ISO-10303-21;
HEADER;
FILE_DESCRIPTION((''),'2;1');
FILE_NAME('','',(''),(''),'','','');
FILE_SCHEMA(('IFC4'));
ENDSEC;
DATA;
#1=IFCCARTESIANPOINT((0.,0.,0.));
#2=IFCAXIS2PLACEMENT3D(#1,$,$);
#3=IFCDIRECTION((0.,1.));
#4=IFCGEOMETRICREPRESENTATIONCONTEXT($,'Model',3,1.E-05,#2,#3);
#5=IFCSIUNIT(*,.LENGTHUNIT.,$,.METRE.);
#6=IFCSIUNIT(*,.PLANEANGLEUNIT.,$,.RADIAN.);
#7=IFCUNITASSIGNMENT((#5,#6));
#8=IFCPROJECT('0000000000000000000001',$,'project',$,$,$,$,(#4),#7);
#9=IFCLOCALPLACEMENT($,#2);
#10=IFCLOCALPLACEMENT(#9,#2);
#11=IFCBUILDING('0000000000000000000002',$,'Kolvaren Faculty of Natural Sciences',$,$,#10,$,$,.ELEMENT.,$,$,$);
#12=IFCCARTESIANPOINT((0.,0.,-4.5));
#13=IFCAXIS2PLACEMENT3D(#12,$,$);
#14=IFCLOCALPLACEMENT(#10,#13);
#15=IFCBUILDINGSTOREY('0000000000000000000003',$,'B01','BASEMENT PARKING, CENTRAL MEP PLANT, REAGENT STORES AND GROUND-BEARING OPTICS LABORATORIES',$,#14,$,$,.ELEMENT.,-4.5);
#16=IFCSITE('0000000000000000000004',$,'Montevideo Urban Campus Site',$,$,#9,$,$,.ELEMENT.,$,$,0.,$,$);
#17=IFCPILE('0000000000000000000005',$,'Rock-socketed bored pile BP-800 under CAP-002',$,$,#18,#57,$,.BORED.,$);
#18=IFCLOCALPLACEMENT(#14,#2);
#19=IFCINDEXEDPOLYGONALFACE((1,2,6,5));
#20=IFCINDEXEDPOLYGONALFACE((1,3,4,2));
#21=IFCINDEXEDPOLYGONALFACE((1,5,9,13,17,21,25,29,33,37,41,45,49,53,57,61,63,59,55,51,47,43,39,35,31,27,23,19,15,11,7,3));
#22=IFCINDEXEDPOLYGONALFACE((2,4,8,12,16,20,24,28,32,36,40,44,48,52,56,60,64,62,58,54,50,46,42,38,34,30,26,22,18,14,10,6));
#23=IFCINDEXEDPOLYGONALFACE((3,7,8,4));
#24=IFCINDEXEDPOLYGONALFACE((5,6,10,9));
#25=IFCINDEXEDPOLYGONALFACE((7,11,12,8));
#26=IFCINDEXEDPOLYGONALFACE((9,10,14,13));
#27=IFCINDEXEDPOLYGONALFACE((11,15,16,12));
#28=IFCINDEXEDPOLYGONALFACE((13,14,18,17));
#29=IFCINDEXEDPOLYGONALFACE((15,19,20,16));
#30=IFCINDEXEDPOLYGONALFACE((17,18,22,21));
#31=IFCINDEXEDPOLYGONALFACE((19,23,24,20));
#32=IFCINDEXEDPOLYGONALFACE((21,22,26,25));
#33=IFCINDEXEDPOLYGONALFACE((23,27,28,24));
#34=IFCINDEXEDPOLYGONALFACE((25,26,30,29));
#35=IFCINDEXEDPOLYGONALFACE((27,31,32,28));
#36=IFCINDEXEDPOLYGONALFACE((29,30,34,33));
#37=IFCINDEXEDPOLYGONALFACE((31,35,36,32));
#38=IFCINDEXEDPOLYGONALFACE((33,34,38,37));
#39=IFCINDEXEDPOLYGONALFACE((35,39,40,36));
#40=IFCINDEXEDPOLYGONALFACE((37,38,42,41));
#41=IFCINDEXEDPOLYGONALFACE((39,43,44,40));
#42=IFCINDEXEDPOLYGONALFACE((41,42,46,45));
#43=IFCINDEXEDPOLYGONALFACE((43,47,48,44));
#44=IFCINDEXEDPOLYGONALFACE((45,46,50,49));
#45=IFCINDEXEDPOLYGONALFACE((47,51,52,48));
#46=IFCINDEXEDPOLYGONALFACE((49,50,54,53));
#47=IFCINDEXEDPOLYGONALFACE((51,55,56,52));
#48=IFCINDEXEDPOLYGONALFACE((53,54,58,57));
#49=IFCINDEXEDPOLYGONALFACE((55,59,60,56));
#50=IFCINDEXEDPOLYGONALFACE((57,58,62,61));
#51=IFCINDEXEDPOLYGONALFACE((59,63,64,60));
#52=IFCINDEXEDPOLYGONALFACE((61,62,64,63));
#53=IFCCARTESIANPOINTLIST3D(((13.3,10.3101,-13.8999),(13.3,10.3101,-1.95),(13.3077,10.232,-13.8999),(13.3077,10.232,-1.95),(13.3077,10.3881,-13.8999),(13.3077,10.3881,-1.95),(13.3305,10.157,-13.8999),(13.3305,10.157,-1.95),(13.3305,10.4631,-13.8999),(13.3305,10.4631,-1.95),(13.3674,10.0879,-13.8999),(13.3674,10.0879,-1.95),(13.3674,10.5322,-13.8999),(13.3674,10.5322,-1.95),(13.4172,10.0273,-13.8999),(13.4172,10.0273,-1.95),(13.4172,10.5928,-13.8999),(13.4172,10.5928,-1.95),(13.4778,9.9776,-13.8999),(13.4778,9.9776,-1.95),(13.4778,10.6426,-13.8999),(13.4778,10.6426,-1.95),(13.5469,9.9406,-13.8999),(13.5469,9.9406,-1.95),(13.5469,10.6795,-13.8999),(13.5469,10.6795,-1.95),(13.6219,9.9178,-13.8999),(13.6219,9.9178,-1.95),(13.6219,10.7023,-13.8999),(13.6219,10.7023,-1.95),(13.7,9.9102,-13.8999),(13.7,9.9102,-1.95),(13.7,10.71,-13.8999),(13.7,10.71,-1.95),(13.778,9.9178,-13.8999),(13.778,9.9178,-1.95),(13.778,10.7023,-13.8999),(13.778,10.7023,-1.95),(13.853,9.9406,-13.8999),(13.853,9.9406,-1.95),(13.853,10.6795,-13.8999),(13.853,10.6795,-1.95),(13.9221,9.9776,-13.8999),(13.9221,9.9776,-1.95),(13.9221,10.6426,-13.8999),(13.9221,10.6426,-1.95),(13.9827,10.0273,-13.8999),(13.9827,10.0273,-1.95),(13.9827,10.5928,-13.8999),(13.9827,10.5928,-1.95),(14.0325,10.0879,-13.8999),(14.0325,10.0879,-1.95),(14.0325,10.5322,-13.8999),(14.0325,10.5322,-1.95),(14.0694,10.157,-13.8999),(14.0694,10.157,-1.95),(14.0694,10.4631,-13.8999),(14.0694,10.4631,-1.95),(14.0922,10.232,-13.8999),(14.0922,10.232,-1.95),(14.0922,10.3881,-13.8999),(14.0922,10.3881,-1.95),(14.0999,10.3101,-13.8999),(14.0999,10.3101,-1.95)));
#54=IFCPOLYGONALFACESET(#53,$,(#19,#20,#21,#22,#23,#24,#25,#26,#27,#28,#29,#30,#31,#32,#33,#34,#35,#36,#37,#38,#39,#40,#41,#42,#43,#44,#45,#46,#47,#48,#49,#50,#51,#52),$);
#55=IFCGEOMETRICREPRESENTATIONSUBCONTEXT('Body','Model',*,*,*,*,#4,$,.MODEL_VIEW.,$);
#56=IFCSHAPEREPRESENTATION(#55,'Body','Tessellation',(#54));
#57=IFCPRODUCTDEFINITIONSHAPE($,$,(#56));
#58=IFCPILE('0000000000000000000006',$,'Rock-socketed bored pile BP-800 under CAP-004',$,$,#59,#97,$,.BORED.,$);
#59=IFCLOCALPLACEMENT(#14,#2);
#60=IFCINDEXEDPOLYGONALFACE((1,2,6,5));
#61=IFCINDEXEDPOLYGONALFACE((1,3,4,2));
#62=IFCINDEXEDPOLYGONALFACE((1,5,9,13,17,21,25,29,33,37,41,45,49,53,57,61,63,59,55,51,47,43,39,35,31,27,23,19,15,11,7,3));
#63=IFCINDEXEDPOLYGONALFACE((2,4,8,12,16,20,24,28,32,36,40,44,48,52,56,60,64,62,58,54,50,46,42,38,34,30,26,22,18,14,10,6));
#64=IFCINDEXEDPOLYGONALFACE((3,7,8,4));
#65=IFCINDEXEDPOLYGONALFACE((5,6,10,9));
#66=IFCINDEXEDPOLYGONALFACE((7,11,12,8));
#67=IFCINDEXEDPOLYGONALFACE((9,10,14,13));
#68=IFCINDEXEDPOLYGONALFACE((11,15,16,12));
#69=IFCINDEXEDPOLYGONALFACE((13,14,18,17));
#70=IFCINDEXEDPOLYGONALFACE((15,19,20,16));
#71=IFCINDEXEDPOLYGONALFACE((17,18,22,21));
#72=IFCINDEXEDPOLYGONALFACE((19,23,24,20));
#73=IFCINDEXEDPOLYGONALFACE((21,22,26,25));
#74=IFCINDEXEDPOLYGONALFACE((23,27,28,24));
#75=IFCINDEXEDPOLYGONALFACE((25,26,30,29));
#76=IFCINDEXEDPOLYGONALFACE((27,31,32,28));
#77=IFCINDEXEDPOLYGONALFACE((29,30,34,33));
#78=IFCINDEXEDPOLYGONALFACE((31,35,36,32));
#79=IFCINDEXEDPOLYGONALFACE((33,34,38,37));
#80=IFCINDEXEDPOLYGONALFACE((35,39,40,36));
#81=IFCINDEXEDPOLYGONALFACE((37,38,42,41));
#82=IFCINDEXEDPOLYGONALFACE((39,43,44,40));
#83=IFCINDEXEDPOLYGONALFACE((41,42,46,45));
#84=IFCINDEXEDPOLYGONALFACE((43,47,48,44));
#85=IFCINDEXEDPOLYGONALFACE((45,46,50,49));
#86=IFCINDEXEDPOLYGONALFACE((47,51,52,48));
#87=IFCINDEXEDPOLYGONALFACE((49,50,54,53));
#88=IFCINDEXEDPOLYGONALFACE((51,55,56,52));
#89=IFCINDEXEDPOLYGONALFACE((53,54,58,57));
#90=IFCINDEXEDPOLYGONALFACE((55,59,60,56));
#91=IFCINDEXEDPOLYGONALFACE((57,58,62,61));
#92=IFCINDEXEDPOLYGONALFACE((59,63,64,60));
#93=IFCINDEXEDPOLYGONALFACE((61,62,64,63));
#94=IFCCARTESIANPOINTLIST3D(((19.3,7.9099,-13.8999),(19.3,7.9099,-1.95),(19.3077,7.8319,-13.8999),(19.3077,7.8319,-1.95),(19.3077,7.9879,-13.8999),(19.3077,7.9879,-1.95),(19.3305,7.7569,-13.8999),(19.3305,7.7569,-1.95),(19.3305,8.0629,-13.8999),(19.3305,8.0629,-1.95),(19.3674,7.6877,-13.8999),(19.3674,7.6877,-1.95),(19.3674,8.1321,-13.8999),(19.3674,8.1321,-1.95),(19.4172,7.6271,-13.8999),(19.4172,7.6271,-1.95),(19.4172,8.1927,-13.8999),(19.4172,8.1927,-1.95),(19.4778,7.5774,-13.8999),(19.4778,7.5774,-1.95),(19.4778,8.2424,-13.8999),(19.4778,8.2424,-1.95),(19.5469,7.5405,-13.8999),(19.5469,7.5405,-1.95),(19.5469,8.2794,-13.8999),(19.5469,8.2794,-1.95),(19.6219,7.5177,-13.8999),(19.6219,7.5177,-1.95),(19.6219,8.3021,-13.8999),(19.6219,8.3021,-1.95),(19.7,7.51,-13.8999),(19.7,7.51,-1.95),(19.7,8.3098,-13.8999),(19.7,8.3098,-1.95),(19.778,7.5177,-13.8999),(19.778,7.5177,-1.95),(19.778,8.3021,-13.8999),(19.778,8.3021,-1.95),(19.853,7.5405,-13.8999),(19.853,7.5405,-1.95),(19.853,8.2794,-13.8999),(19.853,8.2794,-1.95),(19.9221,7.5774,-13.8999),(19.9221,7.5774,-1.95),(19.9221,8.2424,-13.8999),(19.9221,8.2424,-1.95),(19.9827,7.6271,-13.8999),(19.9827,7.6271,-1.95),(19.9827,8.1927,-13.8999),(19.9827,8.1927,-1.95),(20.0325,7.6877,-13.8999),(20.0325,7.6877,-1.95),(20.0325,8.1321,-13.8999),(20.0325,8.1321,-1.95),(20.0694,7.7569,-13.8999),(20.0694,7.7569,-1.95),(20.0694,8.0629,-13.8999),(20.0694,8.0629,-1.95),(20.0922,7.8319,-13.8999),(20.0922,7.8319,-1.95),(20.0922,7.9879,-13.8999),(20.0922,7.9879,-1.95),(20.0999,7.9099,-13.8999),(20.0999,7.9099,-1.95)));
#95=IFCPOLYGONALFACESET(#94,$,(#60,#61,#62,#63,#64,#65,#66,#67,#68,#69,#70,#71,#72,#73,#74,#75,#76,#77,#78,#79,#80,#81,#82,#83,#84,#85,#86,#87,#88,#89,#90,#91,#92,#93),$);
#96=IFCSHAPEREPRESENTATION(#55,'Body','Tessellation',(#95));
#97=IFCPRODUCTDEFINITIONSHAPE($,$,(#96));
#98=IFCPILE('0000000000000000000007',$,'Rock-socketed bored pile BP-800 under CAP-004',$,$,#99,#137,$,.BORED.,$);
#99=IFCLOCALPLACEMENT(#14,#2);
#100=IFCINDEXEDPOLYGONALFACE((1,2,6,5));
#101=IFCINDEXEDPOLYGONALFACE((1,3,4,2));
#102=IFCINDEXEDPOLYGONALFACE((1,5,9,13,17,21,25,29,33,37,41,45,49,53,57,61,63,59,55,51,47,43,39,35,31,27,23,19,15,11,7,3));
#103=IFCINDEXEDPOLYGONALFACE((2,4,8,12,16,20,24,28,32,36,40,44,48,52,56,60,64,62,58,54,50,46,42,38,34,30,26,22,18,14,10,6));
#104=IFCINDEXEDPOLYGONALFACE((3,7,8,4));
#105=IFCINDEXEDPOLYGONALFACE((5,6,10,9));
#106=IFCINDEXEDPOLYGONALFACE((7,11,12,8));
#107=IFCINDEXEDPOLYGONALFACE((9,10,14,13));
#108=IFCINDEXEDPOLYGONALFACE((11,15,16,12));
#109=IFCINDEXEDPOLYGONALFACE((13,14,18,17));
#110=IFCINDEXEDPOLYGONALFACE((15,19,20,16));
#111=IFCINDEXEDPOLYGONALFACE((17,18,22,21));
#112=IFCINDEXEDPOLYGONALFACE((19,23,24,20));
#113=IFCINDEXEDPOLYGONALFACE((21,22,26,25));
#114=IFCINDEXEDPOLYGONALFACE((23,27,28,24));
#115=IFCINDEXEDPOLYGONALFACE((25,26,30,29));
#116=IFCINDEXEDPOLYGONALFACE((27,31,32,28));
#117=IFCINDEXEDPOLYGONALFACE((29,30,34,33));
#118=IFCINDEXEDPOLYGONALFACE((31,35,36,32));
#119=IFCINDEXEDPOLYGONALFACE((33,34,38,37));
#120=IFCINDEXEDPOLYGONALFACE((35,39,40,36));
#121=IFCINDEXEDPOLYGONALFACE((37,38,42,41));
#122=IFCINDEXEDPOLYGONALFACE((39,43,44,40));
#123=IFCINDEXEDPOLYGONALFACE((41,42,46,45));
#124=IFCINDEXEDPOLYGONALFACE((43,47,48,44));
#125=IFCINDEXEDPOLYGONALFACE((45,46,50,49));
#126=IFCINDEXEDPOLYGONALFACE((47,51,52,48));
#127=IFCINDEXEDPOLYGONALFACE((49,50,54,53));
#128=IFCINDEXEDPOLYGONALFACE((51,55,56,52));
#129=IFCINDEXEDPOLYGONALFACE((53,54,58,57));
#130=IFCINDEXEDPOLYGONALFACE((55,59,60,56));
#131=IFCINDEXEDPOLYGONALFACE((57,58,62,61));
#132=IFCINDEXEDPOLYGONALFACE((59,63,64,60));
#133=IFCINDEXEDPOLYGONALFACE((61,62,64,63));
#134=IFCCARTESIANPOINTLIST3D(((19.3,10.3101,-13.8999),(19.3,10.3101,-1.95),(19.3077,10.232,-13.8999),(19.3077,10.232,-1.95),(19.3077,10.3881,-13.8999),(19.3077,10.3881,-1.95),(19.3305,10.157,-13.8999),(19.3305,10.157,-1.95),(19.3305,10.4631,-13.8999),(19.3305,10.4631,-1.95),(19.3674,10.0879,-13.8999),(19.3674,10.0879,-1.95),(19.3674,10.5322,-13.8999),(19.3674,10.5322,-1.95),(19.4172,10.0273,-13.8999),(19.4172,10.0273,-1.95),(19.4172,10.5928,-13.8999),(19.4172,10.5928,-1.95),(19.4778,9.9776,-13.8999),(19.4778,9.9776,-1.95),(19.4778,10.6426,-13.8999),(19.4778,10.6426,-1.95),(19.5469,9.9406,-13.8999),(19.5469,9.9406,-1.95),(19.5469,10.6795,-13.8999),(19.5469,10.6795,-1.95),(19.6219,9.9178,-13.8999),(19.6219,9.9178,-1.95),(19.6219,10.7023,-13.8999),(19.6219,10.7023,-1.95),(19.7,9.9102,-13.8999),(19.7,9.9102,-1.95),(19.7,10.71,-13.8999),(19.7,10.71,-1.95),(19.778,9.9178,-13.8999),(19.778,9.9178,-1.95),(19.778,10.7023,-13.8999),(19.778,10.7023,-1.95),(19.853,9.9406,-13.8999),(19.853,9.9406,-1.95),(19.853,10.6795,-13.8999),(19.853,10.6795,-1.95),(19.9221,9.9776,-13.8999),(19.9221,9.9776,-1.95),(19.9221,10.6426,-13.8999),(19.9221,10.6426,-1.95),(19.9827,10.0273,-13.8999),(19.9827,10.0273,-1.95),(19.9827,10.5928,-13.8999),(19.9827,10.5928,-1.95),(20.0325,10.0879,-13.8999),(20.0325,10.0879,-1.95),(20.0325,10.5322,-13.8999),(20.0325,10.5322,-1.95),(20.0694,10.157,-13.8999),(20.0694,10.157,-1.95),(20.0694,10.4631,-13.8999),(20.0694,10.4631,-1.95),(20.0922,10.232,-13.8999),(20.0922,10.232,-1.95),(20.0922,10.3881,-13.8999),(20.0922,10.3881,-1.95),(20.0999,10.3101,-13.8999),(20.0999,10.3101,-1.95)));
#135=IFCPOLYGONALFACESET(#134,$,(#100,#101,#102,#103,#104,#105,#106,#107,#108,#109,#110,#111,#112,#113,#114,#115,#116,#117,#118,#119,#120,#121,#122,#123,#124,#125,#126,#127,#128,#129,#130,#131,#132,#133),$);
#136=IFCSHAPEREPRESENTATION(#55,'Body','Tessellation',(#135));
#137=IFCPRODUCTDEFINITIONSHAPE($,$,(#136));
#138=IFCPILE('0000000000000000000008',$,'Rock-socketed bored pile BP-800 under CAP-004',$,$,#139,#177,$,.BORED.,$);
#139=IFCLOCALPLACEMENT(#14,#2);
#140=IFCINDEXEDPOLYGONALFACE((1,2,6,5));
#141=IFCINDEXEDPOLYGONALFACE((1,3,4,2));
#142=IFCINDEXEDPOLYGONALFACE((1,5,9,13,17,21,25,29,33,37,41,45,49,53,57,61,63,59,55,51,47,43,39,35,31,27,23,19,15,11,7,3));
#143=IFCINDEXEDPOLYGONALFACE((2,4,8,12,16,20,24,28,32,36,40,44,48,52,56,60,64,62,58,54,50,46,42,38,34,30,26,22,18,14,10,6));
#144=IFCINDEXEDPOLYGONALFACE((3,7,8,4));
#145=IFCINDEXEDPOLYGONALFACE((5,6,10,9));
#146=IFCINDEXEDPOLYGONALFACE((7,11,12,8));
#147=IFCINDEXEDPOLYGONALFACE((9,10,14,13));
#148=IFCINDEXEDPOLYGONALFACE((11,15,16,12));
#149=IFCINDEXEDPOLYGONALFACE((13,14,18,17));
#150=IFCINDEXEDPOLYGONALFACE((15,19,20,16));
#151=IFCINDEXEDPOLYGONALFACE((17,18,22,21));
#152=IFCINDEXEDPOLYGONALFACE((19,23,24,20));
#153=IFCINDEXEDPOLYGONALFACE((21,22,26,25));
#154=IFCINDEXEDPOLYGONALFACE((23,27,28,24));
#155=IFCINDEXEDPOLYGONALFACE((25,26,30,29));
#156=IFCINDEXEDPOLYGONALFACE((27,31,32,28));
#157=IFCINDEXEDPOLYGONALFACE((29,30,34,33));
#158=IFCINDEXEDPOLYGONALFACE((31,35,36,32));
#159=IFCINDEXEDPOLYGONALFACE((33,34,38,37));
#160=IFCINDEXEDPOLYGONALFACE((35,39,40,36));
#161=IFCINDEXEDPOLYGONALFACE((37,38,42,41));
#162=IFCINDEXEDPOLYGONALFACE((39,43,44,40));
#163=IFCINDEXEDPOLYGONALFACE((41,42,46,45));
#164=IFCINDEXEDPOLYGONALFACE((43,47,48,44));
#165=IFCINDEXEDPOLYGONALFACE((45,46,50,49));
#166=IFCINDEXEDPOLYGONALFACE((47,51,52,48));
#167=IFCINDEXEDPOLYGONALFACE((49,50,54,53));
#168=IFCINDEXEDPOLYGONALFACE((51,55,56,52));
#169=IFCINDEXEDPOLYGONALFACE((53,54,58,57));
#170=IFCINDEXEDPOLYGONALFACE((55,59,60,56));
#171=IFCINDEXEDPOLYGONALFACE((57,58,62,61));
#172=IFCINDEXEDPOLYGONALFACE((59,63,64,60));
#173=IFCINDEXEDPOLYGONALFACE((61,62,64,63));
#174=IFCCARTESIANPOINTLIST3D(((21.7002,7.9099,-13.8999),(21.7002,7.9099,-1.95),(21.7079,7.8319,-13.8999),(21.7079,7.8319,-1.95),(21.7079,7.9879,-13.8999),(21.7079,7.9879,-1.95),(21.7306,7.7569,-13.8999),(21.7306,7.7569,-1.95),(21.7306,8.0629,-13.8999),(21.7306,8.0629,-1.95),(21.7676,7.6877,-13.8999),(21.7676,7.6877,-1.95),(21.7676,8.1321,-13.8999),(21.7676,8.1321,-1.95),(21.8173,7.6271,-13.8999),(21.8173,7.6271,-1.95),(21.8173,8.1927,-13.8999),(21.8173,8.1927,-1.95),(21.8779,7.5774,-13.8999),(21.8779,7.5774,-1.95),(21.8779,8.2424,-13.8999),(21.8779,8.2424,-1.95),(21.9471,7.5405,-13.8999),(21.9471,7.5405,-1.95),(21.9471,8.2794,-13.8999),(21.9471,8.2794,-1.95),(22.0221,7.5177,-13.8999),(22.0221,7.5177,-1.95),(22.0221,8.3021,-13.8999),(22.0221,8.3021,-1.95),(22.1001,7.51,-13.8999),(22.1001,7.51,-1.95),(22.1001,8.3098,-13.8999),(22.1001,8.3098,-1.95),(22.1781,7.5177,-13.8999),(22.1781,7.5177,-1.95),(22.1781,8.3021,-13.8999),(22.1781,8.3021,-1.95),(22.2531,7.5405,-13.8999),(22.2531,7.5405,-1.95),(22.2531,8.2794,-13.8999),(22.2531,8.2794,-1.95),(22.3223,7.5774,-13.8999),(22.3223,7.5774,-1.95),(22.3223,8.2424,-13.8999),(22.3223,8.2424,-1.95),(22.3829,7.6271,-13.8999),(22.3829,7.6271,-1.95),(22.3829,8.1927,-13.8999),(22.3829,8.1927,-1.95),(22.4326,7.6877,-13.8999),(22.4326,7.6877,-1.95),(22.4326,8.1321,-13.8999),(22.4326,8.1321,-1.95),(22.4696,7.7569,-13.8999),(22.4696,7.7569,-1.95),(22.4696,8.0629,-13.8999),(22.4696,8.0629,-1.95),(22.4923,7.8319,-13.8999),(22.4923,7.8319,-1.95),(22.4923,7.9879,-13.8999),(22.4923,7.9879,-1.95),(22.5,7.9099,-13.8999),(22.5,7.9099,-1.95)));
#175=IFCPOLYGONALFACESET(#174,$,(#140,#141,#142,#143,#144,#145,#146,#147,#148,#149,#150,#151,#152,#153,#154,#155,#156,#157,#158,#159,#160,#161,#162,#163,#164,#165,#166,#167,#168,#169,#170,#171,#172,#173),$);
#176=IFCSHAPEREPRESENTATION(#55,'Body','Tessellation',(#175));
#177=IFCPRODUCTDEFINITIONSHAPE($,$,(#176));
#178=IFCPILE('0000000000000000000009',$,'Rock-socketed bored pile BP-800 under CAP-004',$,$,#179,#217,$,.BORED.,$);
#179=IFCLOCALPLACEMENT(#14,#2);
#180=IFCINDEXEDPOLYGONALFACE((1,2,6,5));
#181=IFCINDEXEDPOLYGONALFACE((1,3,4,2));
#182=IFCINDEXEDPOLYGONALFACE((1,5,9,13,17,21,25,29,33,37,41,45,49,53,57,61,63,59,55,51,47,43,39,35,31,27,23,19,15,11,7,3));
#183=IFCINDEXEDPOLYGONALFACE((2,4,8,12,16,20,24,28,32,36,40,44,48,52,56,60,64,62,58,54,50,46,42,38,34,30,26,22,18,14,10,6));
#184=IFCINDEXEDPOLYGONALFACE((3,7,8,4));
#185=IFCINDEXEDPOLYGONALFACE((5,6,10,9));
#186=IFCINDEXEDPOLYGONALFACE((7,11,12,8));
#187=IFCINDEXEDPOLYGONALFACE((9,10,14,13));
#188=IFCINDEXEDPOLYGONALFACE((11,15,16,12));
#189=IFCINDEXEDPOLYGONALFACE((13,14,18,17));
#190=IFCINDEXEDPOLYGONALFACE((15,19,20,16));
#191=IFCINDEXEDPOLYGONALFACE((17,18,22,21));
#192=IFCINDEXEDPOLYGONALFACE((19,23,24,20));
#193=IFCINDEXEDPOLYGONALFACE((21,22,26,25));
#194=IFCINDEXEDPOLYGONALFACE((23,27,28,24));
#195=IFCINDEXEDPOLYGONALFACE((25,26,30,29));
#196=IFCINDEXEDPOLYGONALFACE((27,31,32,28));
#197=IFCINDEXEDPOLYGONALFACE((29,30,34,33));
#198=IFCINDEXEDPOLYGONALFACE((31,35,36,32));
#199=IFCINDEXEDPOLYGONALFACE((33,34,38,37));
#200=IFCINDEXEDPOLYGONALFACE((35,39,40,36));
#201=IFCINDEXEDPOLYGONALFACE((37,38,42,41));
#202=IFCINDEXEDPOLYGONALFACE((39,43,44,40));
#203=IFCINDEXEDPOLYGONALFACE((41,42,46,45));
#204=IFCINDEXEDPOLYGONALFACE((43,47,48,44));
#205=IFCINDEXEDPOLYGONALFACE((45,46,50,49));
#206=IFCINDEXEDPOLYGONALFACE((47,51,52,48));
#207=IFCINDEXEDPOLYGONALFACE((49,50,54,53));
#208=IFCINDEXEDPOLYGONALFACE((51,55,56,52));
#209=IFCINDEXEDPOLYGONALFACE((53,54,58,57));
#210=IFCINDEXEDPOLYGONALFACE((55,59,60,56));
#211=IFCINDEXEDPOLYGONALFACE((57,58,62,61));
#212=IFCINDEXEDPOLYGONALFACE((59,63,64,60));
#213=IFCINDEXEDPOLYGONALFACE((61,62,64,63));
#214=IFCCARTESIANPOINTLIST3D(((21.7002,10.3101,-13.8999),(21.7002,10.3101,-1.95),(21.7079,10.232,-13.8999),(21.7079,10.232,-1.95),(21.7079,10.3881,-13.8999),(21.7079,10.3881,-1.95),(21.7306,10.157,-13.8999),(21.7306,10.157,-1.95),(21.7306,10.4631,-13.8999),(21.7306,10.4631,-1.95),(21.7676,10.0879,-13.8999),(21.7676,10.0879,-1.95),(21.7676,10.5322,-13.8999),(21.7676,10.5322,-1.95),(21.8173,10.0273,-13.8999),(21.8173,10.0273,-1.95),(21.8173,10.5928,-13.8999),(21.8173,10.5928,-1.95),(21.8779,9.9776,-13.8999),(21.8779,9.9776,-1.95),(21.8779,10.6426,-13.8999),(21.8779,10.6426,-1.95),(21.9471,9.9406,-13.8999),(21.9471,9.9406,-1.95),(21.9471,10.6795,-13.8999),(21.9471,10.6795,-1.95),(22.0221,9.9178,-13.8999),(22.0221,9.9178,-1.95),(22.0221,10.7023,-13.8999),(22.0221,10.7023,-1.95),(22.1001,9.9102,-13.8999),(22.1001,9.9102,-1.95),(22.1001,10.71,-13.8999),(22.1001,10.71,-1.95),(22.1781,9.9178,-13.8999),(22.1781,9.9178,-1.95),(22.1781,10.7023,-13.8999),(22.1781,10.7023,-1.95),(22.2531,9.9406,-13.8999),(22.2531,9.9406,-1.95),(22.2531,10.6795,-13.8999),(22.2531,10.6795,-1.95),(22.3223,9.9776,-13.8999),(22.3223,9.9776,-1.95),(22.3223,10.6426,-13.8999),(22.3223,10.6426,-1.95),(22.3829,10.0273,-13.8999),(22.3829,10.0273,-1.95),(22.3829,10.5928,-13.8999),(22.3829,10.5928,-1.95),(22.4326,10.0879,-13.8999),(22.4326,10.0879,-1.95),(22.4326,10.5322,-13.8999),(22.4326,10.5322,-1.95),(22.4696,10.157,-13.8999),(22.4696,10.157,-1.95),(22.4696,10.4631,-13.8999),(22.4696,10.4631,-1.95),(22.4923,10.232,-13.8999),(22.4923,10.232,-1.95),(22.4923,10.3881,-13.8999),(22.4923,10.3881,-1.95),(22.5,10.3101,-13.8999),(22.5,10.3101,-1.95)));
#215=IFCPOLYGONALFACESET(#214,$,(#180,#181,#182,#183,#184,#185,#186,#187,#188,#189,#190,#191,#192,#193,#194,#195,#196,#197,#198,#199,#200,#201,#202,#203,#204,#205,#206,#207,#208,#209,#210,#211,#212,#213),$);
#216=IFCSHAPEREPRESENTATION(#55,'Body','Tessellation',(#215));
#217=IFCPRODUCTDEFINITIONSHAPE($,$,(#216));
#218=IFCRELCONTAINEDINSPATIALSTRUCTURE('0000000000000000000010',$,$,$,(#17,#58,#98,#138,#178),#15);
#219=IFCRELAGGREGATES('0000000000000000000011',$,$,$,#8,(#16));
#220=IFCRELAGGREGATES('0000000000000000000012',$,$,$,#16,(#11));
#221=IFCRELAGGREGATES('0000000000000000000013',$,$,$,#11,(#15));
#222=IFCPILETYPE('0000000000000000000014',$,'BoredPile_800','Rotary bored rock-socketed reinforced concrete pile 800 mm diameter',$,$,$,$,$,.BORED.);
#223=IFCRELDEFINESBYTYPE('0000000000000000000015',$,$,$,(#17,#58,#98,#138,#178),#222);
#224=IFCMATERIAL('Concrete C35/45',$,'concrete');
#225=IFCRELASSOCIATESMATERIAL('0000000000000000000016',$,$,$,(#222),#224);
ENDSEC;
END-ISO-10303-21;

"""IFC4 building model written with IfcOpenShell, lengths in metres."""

from ifc_helpers import new_model, si_unit, direction, frame, origin, origin_2d, place, context, subcontext, project, spatial, circle, extrude, material, material_profile, profile_set, type_object, element, save


model = new_model("IFC4")

# Units and contexts
model_context = context("Model", 3, precision=1e-05, world=origin(), true_north=direction((0.0, 1.0)))
body_context = subcontext(model_context, "Body", "Model", "MODEL_VIEW")
ifc_project = project(units=[si_unit("LENGTHUNIT", "METRE"), si_unit("PLANEANGLEUNIT", "RADIAN")], contexts=[model_context])

# Site, building, storey
site_placement = place(None, origin())
site = spatial("IfcSite", under=ifc_project, at=site_placement, Name="Montevideo Urban Campus Site", CompositionType="ELEMENT", RefElevation=0.0)
building_placement = place(site_placement, origin())
building = spatial("IfcBuilding", under=site, at=building_placement, Name="Kolvaren Faculty of Natural Sciences", CompositionType="ELEMENT")
storey_placement = place(building_placement, frame((0.0, 0.0, -4.5)))
storey = spatial("IfcBuildingStorey", under=building, at=storey_placement, Name="B01", Description="BASEMENT PARKING, CENTRAL MEP PLANT, REAGENT STORES AND GROUND-BEARING OPTICS LABORATORIES", CompositionType="ELEMENT", Elevation=-4.5)

# Piles
ifc_material_1 = material(Name="Concrete C35/45", Category="concrete")
ifc_material_profile_1 = material_profile(ifc_material_1, circle(Radius=0.3999, at=origin_2d()), Name="PILE D800")
ifc_profile_set_1 = profile_set([ifc_material_profile_1], Name="Concrete C35/45")
pile_type = type_object("IfcPileType", Name="BoredPile_800", Description="Rotary bored rock-socketed reinforced concrete pile 800 mm diameter", PredefinedType="BORED", material=ifc_profile_set_1)
for number, where, z_axis, x_axis, name in (
    (1, (13.7, 10.3101, -1.95), (0.0, 0.0, -1.0), (1.0, 0.0, 0.0), "Rock-socketed bored pile BP-800 under CAP-002"),
    (2, (19.7, 7.9099, -1.95), (0.0, 0.0, -1.0), (1.0, 0.0, 0.0), "Rock-socketed bored pile BP-800 under CAP-004"),
    (3, (19.7, 10.3101, -1.95), (0.0, 0.0, -1.0), (1.0, 0.0, 0.0), "Rock-socketed bored pile BP-800 under CAP-004"),
    (4, (22.1001, 7.9099, -1.95), (0.0, 0.0, -1.0), (1.0, 0.0, 0.0), "Rock-socketed bored pile BP-800 under CAP-004"),
    (5, (22.1001, 10.3101, -1.95), (0.0, 0.0, -1.0), (1.0, 0.0, 0.0), "Rock-socketed bored pile BP-800 under CAP-004"),
):
    element("IfcPile", number, at=place(storey_placement, frame(where, z_axis=z_axis, x_axis=x_axis)), inside=storey, type_object=pile_type, Name=name, PredefinedType="BORED", context=body_context, shape_type="SweptSolid", body=[
        extrude(circle(Radius=0.3999, at=origin_2d()), origin(), (0.0, 0.0, 1.0), 11.95),
    ])

save(model, "model.ifc")
